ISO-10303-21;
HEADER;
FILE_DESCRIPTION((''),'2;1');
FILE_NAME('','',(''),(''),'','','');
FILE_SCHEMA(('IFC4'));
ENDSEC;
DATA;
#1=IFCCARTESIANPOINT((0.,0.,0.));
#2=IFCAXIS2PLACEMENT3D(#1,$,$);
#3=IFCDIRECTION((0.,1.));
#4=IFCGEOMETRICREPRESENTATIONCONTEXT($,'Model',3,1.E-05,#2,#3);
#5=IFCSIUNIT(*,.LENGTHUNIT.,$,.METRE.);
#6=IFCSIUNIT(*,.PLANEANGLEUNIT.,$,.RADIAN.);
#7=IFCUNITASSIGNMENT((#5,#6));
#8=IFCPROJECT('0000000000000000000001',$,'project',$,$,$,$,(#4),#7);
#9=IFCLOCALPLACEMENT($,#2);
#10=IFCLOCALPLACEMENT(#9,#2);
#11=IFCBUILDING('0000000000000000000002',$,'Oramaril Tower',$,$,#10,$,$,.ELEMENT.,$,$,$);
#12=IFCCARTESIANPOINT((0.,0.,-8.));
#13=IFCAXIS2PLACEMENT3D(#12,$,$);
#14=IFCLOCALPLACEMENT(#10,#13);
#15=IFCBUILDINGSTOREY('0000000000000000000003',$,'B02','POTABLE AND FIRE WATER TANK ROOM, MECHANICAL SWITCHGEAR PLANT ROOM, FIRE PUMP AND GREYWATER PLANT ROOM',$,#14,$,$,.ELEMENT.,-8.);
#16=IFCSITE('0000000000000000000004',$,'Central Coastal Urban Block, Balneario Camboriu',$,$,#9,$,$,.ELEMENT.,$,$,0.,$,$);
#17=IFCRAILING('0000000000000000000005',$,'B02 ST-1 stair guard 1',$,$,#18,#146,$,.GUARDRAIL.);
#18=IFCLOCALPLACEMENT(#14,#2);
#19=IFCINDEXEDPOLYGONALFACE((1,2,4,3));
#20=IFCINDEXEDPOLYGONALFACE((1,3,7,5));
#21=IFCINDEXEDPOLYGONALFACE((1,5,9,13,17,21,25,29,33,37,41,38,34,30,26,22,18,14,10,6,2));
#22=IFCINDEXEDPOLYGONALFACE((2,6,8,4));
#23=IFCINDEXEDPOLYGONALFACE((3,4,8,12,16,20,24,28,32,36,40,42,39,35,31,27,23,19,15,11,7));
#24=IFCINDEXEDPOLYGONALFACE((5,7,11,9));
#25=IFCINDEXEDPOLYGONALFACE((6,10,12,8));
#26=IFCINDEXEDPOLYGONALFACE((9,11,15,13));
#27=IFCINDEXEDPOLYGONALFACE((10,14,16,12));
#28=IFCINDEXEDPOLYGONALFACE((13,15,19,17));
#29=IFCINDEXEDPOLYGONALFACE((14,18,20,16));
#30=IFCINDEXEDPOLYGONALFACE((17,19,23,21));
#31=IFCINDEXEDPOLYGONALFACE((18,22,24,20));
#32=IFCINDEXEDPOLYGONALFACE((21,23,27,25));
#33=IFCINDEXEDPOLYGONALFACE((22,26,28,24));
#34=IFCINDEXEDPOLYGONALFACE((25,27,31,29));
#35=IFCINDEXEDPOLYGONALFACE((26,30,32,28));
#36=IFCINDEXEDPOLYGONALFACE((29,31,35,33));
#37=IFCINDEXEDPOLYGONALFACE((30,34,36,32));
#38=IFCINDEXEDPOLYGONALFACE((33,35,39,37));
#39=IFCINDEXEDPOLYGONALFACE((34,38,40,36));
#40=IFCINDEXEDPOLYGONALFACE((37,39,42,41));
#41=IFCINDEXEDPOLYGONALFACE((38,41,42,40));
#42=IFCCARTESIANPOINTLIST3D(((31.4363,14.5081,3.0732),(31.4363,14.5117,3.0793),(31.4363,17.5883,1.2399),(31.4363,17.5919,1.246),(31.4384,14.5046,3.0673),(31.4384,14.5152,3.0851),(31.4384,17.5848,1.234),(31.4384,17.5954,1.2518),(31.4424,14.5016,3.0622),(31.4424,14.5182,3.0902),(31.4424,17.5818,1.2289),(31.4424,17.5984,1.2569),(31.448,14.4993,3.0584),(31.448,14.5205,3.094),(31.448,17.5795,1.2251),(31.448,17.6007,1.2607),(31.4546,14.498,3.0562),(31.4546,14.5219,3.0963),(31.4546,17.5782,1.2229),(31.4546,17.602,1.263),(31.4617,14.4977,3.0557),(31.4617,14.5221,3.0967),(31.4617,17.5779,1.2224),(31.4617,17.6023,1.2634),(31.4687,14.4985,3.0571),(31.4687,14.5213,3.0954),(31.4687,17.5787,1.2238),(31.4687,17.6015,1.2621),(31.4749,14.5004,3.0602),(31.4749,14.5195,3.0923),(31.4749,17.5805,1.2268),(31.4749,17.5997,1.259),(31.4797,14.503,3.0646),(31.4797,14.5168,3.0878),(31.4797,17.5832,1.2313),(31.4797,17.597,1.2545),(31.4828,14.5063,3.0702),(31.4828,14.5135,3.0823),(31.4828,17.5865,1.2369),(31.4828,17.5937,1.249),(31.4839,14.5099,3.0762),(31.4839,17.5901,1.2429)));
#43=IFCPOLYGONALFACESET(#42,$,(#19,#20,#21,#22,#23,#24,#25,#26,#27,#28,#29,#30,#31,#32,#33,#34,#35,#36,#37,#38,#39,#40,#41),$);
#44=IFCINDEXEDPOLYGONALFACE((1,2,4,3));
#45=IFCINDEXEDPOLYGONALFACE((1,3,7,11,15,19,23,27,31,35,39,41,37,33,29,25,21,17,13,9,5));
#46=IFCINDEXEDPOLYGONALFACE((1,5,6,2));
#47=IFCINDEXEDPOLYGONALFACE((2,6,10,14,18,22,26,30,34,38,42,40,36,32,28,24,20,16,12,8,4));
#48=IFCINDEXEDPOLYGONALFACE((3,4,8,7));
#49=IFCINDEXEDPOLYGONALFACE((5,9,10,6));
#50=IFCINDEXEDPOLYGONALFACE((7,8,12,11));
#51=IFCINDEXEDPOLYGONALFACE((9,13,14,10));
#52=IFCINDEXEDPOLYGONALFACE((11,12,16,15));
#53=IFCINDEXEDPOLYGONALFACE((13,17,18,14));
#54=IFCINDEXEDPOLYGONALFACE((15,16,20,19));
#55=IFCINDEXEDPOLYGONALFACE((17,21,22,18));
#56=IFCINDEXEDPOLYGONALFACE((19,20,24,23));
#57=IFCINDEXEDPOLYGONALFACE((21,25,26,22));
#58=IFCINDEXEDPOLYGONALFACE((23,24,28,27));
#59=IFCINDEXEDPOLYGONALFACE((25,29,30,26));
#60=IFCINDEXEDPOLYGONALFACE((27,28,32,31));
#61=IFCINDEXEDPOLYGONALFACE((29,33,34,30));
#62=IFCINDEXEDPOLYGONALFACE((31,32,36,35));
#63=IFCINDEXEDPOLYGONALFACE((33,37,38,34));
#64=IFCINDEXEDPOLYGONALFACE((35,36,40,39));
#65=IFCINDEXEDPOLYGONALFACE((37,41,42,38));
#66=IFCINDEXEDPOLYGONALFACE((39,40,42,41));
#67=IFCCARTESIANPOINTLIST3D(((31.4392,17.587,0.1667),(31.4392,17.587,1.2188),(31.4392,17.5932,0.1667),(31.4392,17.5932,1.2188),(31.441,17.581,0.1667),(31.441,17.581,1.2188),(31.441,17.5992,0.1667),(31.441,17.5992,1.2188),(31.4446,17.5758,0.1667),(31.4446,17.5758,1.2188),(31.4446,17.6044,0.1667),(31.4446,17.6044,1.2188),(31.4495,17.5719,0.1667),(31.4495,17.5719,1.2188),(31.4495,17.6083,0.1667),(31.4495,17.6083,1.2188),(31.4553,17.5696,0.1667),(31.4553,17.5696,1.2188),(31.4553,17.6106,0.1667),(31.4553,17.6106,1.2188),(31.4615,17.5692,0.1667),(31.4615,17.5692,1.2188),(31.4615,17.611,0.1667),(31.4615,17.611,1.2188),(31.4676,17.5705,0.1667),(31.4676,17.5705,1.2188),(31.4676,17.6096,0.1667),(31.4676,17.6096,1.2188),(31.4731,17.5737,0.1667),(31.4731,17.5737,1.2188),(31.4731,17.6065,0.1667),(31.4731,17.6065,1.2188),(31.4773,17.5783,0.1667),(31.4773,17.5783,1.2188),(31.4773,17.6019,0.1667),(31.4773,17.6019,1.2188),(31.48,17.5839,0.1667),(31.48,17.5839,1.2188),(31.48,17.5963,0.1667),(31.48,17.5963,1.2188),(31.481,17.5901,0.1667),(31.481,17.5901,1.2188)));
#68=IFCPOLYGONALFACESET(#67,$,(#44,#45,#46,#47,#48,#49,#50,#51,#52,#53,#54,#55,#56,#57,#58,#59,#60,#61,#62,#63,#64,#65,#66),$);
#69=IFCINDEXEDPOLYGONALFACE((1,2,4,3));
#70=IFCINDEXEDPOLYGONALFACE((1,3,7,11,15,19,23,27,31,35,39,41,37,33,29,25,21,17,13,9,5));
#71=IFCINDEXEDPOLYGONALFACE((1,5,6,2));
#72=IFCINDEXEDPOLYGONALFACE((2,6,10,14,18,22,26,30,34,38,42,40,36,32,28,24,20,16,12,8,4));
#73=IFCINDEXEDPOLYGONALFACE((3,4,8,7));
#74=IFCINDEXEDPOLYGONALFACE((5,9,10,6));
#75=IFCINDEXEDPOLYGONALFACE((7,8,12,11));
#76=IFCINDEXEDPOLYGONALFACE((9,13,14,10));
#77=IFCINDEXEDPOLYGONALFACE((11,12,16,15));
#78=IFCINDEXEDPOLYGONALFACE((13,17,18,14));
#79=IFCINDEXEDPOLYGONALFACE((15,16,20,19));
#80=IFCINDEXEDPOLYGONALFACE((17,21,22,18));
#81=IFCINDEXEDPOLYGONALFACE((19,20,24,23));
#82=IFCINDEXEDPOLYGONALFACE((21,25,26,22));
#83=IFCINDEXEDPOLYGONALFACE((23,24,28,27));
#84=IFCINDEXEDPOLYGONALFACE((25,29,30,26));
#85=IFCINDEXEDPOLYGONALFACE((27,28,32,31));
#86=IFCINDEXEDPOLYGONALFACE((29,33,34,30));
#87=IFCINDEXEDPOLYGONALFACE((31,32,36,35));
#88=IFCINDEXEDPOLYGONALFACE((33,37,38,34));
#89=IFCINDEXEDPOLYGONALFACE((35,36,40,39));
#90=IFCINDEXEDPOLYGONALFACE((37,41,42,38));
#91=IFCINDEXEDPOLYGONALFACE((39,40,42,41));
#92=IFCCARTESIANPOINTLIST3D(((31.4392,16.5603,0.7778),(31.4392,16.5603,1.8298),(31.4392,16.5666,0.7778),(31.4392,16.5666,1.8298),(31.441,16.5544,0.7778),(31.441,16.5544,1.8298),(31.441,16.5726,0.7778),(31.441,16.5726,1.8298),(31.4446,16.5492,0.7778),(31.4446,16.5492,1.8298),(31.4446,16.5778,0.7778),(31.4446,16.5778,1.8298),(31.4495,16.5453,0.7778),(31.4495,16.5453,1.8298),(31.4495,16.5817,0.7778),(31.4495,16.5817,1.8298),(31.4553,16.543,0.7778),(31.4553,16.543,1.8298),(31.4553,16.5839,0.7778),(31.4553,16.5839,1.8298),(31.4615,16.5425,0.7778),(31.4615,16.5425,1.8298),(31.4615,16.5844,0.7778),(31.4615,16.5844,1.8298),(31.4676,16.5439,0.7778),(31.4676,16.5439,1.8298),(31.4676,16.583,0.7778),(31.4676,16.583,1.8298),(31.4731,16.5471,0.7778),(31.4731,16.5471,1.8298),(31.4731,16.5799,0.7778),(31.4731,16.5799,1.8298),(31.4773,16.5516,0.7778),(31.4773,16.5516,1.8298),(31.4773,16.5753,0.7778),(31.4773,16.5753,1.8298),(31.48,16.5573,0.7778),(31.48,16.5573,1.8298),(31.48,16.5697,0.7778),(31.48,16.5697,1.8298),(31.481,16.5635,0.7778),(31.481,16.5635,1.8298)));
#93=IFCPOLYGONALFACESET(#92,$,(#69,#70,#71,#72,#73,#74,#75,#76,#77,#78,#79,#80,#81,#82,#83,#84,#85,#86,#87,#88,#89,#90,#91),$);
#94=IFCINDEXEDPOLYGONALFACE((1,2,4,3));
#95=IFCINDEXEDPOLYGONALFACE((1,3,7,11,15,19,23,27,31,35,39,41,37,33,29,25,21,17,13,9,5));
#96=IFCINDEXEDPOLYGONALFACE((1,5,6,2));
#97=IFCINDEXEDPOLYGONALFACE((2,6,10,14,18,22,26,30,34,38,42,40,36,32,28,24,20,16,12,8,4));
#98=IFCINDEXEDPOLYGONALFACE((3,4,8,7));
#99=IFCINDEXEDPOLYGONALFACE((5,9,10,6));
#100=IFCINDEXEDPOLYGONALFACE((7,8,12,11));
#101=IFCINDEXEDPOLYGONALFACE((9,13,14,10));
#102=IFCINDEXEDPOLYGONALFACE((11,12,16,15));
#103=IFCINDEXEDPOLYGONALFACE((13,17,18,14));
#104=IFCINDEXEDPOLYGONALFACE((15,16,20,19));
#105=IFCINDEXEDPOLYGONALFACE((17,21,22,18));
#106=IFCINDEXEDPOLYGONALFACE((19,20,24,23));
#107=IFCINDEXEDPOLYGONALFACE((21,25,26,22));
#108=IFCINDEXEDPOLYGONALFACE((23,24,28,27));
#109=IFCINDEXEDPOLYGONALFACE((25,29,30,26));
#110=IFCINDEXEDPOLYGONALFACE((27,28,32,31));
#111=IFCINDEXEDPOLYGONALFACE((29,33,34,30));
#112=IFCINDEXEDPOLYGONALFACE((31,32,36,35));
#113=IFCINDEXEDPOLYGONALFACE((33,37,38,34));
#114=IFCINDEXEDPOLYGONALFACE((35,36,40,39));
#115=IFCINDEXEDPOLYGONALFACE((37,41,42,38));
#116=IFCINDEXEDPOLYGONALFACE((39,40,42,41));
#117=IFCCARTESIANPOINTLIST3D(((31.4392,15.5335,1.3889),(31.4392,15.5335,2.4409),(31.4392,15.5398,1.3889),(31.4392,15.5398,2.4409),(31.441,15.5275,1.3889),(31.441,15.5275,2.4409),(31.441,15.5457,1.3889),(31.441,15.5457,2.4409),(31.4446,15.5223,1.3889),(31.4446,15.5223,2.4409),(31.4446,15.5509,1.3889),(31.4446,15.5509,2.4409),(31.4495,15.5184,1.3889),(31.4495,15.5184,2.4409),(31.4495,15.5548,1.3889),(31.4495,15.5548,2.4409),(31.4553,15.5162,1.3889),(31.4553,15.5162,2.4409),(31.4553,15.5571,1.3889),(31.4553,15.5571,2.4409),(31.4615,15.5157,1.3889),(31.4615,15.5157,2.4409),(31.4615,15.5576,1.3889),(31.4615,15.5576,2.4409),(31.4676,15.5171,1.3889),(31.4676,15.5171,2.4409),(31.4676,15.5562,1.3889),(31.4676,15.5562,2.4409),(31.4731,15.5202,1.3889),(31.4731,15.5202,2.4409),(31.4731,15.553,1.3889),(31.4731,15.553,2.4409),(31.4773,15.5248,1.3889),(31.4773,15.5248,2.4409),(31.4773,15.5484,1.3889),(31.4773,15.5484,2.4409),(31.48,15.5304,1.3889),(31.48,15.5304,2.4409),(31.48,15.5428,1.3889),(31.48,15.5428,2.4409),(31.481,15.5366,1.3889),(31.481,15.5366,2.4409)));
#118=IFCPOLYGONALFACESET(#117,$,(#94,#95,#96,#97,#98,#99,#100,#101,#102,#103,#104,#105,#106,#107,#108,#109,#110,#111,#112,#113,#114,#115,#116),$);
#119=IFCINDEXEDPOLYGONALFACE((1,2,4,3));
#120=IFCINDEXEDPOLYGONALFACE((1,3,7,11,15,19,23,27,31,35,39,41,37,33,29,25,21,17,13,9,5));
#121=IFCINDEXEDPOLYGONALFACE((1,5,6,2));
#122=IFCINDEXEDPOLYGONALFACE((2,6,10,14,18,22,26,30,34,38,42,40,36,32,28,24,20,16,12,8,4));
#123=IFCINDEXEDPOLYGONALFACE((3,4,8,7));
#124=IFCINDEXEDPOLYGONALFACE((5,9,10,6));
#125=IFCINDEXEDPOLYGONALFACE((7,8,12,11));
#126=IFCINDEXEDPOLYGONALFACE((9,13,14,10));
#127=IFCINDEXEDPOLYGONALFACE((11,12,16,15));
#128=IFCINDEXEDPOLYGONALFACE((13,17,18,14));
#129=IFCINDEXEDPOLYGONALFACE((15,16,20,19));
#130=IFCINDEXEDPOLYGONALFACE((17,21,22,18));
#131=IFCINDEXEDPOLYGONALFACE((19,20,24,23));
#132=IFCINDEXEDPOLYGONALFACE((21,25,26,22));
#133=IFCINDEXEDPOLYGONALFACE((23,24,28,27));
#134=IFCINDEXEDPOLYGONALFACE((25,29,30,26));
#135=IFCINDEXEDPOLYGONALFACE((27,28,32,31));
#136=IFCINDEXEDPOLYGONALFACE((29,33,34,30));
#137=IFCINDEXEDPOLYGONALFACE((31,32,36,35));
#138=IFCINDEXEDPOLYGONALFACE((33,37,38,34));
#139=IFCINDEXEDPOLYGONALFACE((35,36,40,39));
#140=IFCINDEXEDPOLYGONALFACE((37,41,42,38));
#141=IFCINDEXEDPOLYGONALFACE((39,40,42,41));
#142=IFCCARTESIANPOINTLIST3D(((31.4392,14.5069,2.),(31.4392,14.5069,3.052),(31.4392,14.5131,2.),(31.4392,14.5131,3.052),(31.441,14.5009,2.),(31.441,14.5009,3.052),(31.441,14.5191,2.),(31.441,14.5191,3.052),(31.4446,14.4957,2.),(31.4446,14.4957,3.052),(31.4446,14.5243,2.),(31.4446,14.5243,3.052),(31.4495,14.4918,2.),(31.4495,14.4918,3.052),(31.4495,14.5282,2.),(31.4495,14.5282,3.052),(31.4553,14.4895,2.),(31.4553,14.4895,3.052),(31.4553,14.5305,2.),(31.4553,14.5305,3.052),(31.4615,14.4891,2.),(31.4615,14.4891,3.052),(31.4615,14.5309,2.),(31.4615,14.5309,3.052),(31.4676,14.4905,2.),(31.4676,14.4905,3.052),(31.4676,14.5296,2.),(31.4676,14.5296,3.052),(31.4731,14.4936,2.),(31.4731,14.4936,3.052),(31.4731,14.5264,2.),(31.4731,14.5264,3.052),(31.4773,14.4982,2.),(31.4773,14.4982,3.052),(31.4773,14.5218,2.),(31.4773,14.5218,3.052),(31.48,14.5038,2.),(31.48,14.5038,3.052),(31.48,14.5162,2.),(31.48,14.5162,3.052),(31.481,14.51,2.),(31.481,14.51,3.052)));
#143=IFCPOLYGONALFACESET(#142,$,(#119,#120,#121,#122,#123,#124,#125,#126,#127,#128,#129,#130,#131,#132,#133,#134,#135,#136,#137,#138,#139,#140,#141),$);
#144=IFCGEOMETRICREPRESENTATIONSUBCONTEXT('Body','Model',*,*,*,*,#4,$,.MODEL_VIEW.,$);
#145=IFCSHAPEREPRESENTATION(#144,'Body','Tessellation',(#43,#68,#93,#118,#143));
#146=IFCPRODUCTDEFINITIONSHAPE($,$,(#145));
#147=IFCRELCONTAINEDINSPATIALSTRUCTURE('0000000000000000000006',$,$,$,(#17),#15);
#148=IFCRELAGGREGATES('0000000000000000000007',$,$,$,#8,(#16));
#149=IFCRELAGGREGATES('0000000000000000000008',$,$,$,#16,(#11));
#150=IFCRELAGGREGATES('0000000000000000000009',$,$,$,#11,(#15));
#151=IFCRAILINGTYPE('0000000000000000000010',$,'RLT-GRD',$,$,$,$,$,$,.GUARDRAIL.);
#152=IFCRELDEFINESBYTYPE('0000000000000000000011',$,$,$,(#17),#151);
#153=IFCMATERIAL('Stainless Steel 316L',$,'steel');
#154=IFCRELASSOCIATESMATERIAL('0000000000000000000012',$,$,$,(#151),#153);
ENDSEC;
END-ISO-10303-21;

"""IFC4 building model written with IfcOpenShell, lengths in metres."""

from ifc_helpers import new_model, si_unit, direction, frame, origin, origin_2d, place, context, subcontext, project, spatial, circle, extrude, material, type_object, element, save


model = new_model("IFC4")

# Units and contexts
model_context = context("Model", 3, precision=1e-05, world=origin(), true_north=direction((0.0, 1.0)))
body_context = subcontext(model_context, "Body", "Model", "MODEL_VIEW")
ifc_project = project(units=[si_unit("LENGTHUNIT", "METRE"), si_unit("PLANEANGLEUNIT", "RADIAN")], contexts=[model_context])

# Site, building, storey
site_placement = place(None, origin())
site = spatial("IfcSite", under=ifc_project, at=site_placement, Name="Central Coastal Urban Block, Balneario Camboriu", CompositionType="ELEMENT", RefElevation=0.0)
building_placement = place(site_placement, origin())
building = spatial("IfcBuilding", under=site, at=building_placement, Name="Oramaril Tower", CompositionType="ELEMENT")
storey_placement = place(building_placement, frame((0.0, 0.0, -8.0)))
storey = spatial("IfcBuildingStorey", under=building, at=storey_placement, Name="B02", Description="POTABLE AND FIRE WATER TANK ROOM, MECHANICAL SWITCHGEAR PLANT ROOM, FIRE PUMP AND GREYWATER PLANT ROOM", CompositionType="ELEMENT", Elevation=-8.0)

# Railing
ifc_material_1 = material(Name="Stainless Steel 316L", Category="steel")
railing_type_1 = type_object("IfcRailingType", Name="RLT-GRD", PredefinedType="GUARDRAIL", material=ifc_material_1)
railing_1_placement = place(storey_placement, frame((31.46, 17.5901, 0.1667)))
element("IfcRailing", 1, at=railing_1_placement, inside=storey, type_object=railing_type_1, Name="B02 ST-1 stair guard 1", PredefinedType="GUARDRAIL", context=body_context, shape_type="SweptSolid", body=[
    extrude(circle(Radius=0.0239, at=origin_2d()), frame((0.0, 0.0, 1.0762), z_axis=(0.0, -0.859309, 0.511458), x_axis=(1.0, 0.0, 0.0)), (0.0, 0.0, 1.0), 3.5845),
    extrude(circle(Radius=0.021, at=origin_2d()), origin(), (0.0, 0.0, 1.0), 1.052),
    extrude(circle(Radius=0.021, at=origin_2d()), frame((0.0, -1.0266, 0.6111)), (0.0, 0.0, 1.0), 1.052),
    extrude(circle(Radius=0.021, at=origin_2d()), frame((0.0, -2.0535, 1.2222)), (0.0, 0.0, 1.0), 1.052),
    extrude(circle(Radius=0.021, at=origin_2d()), frame((0.0, -3.0801, 1.8333)), (0.0, 0.0, 1.0), 1.052),
])

save(model, "model.ifc")
